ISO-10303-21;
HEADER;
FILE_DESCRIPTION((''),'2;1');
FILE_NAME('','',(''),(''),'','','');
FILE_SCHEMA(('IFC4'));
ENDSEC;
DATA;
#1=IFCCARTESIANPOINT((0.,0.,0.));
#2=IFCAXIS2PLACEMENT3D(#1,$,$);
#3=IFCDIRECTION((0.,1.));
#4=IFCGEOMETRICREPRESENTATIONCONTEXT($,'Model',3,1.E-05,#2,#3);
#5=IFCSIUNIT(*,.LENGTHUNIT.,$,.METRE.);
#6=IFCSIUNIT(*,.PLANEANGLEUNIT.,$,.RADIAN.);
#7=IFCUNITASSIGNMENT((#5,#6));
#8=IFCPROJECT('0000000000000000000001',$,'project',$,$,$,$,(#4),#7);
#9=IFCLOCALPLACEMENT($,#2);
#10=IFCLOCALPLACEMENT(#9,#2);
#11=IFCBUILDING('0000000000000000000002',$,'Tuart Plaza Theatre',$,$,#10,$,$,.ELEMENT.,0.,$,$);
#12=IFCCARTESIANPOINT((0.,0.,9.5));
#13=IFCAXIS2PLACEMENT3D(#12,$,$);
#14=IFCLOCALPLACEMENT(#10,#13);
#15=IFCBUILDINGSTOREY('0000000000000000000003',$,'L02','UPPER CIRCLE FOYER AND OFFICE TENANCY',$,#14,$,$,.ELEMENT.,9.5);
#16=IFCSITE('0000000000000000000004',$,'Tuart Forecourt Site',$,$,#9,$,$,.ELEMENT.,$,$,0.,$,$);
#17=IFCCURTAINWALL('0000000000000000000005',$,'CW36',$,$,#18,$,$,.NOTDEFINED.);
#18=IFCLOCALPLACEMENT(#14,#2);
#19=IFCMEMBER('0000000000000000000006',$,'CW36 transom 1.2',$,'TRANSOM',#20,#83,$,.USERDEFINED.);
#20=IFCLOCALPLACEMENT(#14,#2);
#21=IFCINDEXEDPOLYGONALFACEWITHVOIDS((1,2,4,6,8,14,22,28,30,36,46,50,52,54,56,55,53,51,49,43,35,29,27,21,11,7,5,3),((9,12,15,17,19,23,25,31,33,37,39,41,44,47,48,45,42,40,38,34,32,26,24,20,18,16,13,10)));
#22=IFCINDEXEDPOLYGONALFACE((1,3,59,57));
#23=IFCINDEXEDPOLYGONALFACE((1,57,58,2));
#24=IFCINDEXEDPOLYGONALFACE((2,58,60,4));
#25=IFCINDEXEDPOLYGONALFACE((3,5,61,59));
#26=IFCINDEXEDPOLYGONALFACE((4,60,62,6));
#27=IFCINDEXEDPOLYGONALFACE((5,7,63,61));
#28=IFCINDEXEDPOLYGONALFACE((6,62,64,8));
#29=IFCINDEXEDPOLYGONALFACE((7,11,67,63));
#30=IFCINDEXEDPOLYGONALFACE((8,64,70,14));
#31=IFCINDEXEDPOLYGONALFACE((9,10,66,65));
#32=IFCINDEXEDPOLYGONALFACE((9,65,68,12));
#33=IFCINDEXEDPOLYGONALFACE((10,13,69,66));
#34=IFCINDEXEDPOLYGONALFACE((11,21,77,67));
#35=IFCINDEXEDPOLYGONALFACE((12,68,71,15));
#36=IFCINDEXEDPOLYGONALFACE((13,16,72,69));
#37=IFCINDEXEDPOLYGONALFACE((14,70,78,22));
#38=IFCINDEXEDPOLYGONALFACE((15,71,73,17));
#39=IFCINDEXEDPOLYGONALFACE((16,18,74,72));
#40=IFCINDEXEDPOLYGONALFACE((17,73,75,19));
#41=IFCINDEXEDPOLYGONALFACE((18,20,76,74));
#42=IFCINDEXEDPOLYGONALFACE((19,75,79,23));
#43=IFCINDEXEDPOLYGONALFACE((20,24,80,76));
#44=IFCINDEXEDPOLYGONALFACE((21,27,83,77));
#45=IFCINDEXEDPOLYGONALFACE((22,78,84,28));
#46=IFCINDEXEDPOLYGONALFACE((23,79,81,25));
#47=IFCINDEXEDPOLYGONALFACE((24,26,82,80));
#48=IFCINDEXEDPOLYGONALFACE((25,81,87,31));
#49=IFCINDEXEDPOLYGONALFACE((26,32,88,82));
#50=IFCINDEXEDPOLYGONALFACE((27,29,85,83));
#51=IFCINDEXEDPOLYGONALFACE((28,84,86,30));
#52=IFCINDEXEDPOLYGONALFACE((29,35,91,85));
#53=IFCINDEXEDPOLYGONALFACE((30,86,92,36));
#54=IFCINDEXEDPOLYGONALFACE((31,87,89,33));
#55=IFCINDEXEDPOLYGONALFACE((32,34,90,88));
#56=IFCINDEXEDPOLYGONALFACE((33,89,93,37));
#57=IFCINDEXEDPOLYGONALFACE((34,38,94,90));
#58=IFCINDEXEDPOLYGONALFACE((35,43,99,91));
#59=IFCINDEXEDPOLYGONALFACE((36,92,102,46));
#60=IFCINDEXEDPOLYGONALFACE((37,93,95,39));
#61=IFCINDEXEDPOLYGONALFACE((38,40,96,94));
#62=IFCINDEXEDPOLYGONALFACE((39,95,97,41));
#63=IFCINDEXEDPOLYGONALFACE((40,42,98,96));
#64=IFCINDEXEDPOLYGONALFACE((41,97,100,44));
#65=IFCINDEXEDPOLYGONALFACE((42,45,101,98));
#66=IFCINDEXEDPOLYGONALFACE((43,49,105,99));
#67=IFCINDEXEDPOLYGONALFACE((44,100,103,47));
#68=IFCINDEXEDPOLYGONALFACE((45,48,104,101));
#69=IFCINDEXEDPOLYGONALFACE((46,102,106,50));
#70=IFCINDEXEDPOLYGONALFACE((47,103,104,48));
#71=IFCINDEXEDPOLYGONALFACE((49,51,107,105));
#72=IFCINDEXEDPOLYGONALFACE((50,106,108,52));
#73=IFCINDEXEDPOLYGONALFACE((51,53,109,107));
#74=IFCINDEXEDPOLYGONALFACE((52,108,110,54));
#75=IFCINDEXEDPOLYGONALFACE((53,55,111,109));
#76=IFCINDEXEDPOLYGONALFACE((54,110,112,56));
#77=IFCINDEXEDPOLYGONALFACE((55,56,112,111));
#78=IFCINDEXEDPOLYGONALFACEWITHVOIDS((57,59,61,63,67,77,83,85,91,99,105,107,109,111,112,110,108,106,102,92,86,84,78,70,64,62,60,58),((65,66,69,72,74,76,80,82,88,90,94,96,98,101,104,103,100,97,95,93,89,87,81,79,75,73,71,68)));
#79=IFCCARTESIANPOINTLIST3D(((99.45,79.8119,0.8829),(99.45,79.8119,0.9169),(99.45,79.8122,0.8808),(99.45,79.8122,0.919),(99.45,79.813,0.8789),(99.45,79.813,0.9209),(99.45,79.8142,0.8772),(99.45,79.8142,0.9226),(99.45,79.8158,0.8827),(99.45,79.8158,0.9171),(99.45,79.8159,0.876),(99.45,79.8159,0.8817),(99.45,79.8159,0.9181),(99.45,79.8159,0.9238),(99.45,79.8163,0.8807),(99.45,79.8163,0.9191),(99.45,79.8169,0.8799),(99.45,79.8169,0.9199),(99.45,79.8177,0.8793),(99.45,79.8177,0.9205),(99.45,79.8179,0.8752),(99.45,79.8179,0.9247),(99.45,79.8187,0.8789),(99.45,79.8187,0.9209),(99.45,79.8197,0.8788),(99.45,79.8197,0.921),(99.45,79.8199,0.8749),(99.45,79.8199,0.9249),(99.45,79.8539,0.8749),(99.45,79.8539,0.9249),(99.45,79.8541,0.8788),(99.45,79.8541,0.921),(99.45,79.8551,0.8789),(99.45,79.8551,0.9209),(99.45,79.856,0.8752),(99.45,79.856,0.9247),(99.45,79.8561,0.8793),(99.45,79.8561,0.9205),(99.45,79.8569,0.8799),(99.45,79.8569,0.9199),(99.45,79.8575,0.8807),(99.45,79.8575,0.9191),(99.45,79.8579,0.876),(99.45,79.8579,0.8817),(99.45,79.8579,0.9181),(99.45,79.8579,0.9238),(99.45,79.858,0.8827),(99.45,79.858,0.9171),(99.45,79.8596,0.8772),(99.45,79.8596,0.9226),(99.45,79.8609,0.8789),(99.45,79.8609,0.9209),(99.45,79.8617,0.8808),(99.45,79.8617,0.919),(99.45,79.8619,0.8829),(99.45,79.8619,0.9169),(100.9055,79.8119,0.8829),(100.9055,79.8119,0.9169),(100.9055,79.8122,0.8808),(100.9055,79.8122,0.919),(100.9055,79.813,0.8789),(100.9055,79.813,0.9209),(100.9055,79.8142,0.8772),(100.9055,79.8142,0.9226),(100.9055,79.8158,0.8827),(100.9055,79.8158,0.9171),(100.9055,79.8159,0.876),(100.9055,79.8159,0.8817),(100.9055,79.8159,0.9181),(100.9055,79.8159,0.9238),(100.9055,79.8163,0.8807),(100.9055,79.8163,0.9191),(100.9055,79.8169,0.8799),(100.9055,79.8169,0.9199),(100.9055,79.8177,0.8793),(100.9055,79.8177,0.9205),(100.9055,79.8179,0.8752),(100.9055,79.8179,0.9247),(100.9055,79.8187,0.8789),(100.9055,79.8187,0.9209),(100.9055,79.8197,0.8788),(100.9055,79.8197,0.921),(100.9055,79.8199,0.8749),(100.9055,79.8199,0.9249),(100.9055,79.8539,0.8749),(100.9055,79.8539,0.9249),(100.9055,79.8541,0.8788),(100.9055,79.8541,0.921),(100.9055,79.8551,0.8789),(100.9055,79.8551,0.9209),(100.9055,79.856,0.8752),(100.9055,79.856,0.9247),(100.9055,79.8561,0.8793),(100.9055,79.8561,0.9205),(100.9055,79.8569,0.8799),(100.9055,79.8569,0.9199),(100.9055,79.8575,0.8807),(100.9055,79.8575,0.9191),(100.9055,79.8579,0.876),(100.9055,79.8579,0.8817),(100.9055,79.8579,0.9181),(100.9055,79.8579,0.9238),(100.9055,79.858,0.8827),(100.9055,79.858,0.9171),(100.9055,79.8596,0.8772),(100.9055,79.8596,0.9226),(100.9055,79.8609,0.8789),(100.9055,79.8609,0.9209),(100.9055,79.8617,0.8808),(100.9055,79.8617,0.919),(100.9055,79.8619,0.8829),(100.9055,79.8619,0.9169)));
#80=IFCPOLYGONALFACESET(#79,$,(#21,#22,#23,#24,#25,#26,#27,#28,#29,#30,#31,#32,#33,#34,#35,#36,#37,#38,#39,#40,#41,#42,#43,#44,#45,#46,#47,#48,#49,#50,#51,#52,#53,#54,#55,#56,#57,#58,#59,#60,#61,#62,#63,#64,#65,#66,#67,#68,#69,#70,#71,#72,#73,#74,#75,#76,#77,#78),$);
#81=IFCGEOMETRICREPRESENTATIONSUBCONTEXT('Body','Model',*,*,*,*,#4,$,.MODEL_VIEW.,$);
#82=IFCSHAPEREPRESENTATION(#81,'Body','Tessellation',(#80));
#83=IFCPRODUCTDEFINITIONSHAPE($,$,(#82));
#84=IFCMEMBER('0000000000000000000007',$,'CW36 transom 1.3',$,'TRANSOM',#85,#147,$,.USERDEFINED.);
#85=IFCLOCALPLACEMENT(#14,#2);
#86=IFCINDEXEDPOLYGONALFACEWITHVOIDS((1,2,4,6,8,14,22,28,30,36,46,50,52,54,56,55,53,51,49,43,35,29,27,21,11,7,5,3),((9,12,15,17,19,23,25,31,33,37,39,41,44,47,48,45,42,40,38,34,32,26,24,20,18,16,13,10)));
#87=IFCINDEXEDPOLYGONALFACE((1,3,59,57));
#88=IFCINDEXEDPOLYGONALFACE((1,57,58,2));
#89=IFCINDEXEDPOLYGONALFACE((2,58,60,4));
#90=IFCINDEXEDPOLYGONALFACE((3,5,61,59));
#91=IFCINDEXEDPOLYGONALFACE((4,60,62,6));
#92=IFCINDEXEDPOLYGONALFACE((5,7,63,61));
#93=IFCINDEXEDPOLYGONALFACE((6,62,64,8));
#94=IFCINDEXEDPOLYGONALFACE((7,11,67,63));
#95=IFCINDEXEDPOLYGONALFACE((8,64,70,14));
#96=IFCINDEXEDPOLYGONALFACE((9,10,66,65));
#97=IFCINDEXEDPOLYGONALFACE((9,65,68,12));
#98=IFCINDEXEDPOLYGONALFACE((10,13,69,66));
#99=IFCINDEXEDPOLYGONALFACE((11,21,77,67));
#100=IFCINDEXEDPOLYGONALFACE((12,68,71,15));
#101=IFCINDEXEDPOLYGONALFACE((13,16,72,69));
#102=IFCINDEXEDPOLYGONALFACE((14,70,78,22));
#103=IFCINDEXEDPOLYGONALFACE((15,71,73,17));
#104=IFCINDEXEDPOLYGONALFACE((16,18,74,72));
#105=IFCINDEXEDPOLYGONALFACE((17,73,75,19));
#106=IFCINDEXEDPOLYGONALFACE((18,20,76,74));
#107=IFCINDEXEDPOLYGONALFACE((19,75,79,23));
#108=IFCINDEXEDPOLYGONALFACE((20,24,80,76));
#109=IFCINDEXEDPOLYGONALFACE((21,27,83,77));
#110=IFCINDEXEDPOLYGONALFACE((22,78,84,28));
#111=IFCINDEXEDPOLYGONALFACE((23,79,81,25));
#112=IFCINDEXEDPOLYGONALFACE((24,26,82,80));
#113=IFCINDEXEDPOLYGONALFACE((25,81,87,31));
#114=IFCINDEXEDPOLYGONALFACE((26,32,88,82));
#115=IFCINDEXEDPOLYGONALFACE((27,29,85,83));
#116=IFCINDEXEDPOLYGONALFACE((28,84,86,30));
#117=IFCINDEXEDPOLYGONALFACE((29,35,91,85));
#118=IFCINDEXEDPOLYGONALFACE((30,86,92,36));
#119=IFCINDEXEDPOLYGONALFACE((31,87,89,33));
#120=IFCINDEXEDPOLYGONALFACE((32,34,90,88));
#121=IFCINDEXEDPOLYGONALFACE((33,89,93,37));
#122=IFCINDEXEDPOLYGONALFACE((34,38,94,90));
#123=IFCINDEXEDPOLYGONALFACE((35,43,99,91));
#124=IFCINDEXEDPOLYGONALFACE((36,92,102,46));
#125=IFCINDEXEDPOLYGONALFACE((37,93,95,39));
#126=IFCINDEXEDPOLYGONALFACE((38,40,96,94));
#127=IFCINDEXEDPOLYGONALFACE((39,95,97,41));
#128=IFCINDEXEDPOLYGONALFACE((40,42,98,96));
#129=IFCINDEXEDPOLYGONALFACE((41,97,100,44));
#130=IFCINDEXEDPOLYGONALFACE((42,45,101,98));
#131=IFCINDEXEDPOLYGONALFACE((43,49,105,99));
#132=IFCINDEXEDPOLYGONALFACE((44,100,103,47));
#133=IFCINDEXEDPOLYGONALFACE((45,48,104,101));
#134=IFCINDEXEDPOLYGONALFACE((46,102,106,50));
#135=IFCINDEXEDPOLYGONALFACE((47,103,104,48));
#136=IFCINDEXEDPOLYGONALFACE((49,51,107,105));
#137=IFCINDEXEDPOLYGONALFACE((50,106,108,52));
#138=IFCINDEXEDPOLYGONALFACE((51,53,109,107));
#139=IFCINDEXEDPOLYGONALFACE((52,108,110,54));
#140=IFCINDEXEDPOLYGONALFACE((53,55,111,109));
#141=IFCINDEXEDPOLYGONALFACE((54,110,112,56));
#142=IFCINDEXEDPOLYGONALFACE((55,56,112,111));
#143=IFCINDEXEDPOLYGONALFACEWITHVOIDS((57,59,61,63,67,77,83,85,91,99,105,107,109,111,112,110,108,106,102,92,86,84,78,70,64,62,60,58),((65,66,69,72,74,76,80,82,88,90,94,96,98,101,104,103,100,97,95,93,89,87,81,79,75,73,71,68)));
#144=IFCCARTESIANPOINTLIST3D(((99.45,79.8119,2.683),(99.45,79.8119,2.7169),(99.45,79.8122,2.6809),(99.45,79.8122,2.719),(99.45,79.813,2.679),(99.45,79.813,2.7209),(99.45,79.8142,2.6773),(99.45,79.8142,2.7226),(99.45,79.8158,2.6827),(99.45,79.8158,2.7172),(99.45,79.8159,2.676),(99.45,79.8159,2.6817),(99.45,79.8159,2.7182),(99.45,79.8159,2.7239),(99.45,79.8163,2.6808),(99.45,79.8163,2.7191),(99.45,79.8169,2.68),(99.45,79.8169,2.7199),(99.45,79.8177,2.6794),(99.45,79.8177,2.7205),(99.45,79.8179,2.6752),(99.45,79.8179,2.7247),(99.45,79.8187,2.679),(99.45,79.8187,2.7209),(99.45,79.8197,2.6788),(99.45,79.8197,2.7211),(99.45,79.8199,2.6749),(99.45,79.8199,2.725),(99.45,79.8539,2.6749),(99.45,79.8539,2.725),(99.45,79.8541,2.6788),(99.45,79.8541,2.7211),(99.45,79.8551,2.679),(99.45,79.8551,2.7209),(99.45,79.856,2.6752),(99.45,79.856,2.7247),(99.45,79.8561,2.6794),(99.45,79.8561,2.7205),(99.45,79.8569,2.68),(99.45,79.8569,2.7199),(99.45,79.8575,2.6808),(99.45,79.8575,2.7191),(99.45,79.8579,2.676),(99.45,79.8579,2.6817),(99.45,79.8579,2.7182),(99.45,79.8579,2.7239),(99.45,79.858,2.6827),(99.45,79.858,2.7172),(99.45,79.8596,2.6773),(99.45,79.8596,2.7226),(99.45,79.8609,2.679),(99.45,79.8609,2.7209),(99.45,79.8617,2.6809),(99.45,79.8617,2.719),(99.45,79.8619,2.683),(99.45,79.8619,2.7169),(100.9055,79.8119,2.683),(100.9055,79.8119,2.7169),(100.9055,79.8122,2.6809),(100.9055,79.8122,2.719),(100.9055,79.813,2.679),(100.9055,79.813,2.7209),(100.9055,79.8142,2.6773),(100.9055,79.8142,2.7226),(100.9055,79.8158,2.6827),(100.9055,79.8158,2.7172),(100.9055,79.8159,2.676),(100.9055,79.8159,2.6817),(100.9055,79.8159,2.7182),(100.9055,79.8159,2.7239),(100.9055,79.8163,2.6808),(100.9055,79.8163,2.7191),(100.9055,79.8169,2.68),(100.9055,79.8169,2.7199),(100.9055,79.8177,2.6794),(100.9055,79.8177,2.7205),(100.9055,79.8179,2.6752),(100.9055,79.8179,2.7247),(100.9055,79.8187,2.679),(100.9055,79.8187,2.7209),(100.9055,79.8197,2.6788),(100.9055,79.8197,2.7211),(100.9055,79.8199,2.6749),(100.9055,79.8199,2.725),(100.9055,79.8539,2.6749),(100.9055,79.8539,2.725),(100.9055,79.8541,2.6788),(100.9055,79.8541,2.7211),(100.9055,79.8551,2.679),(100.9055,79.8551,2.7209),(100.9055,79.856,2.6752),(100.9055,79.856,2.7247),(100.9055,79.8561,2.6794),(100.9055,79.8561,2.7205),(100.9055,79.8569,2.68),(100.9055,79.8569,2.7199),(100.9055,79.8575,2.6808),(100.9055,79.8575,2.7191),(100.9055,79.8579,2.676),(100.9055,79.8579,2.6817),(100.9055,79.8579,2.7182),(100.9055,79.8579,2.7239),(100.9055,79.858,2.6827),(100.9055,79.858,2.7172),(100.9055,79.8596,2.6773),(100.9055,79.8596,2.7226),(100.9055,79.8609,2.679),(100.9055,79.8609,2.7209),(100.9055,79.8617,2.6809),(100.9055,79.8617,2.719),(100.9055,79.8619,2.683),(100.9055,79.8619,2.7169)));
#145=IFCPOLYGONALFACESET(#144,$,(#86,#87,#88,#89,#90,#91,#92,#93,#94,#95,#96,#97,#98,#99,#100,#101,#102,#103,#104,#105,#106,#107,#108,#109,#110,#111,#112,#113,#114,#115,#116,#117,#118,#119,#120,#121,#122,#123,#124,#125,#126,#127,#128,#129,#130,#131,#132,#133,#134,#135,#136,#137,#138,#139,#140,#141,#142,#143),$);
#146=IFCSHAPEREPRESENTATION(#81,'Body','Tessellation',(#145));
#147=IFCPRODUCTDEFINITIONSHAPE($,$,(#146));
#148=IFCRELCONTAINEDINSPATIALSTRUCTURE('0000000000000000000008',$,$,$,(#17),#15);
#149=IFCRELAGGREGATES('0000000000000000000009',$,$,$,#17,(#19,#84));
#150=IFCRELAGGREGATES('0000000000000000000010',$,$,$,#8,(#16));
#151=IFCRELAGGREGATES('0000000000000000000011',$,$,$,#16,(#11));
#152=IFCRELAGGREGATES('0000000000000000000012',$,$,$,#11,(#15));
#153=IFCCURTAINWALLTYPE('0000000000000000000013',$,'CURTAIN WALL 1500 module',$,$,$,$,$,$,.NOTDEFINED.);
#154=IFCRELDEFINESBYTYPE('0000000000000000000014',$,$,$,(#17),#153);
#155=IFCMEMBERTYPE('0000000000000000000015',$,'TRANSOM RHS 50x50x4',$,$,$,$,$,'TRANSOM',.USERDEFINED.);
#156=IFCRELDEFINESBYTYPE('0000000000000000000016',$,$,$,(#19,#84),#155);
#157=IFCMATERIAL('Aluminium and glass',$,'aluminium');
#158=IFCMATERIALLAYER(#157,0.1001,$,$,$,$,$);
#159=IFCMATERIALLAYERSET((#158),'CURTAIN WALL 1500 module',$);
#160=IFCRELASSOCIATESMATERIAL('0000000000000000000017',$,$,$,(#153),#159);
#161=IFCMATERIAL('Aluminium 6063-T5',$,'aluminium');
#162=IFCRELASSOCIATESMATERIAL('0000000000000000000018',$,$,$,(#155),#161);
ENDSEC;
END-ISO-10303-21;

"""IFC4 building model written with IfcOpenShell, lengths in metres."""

from ifc_helpers import new_model, si_unit, direction, frame, origin, origin_2d, place, context, subcontext, project, spatial, hollow_rectangle, extrude, material, layer, layer_set, material_profile, profile_set, type_object, element, aggregate, save


model = new_model("IFC4")

# Units and contexts
model_context = context("Model", 3, precision=1e-05, world=origin(), true_north=direction((0.0, 1.0)))
body_context = subcontext(model_context, "Body", "Model", "MODEL_VIEW")
ifc_project = project(units=[si_unit("LENGTHUNIT", "METRE"), si_unit("PLANEANGLEUNIT", "RADIAN")], contexts=[model_context])

# Site, building, storey
site_placement = place(None, origin())
site = spatial("IfcSite", under=ifc_project, at=site_placement, Name="Tuart Forecourt Site", CompositionType="ELEMENT", RefElevation=0.0)
building_placement = place(site_placement, origin())
building = spatial("IfcBuilding", under=site, at=building_placement, Name="Tuart Plaza Theatre", CompositionType="ELEMENT", ElevationOfRefHeight=0.0)
storey_placement = place(building_placement, frame((0.0, 0.0, 9.5)))
storey = spatial("IfcBuildingStorey", under=building, at=storey_placement, Name="L02", Description="UPPER CIRCLE FOYER AND OFFICE TENANCY", CompositionType="ELEMENT", Elevation=9.5)

# Curtain wall
ifc_material_1 = material(Name="Aluminium and glass", Category="aluminium")
ifc_layer_1 = layer(ifc_material_1, 0.1001)
ifc_layer_set_1 = layer_set([ifc_layer_1], Name="CURTAIN WALL 1500 module")
curtain_wall_type = type_object("IfcCurtainWallType", Name="CURTAIN WALL 1500 module", PredefinedType="NOTDEFINED", material=ifc_layer_set_1)
curtain_wall_1_placement = place(storey_placement, origin())
curtain_wall_1 = element("IfcCurtainWall", 1, at=curtain_wall_1_placement, inside=storey, type_object=curtain_wall_type, Name="CW36", PredefinedType="NOTDEFINED")

# Shared definitions
ifc_material_2 = material(Name="Aluminium 6063-T5", Category="aluminium")
ifc_material_profile_1 = material_profile(ifc_material_2, hollow_rectangle(XDim=0.05, YDim=0.05, WallThickness=0.0039, InnerFilletRadius=0.0039, OuterFilletRadius=0.0081, at=origin_2d()), Name="RHS 50x50x4")
ifc_profile_set_1 = profile_set([ifc_material_profile_1], Name="Aluminium 6063-T5")
member_type_1 = type_object("IfcMemberType", Name="TRANSOM RHS 50x50x4", ElementType="TRANSOM", PredefinedType="USERDEFINED", material=ifc_profile_set_1)

# Members
member_1_placement = place(storey_placement, frame((99.45, 79.8369, 0.8999), z_axis=(1.0, 0.0, 0.0), x_axis=(0.0, 1.0, 0.0)))
member_1 = element("IfcMember", 2, at=member_1_placement, type_object=member_type_1, Name="CW36 transom 1.2", ObjectType="TRANSOM", PredefinedType="USERDEFINED", context=body_context, shape_type="SweptSolid", body=[
    extrude(hollow_rectangle(XDim=0.05, YDim=0.05, WallThickness=0.0039, InnerFilletRadius=0.0039, OuterFilletRadius=0.0081, at=origin_2d()), origin(), (0.0, 0.0, 1.0), 1.4556),
])
member_2_placement = place(storey_placement, frame((99.45, 79.8369, 2.7), z_axis=(1.0, 0.0, 0.0), x_axis=(0.0, 1.0, 0.0)))
member_2 = element("IfcMember", 3, at=member_2_placement, type_object=member_type_1, Name="CW36 transom 1.3", ObjectType="TRANSOM", PredefinedType="USERDEFINED", context=body_context, shape_type="SweptSolid", body=[
    extrude(hollow_rectangle(XDim=0.05, YDim=0.05, WallThickness=0.0039, InnerFilletRadius=0.0039, OuterFilletRadius=0.0081, at=origin_2d()), origin(), (0.0, 0.0, 1.0), 1.4556),
])

aggregate(curtain_wall_1, [member_1, member_2])

save(model, "model.ifc")
